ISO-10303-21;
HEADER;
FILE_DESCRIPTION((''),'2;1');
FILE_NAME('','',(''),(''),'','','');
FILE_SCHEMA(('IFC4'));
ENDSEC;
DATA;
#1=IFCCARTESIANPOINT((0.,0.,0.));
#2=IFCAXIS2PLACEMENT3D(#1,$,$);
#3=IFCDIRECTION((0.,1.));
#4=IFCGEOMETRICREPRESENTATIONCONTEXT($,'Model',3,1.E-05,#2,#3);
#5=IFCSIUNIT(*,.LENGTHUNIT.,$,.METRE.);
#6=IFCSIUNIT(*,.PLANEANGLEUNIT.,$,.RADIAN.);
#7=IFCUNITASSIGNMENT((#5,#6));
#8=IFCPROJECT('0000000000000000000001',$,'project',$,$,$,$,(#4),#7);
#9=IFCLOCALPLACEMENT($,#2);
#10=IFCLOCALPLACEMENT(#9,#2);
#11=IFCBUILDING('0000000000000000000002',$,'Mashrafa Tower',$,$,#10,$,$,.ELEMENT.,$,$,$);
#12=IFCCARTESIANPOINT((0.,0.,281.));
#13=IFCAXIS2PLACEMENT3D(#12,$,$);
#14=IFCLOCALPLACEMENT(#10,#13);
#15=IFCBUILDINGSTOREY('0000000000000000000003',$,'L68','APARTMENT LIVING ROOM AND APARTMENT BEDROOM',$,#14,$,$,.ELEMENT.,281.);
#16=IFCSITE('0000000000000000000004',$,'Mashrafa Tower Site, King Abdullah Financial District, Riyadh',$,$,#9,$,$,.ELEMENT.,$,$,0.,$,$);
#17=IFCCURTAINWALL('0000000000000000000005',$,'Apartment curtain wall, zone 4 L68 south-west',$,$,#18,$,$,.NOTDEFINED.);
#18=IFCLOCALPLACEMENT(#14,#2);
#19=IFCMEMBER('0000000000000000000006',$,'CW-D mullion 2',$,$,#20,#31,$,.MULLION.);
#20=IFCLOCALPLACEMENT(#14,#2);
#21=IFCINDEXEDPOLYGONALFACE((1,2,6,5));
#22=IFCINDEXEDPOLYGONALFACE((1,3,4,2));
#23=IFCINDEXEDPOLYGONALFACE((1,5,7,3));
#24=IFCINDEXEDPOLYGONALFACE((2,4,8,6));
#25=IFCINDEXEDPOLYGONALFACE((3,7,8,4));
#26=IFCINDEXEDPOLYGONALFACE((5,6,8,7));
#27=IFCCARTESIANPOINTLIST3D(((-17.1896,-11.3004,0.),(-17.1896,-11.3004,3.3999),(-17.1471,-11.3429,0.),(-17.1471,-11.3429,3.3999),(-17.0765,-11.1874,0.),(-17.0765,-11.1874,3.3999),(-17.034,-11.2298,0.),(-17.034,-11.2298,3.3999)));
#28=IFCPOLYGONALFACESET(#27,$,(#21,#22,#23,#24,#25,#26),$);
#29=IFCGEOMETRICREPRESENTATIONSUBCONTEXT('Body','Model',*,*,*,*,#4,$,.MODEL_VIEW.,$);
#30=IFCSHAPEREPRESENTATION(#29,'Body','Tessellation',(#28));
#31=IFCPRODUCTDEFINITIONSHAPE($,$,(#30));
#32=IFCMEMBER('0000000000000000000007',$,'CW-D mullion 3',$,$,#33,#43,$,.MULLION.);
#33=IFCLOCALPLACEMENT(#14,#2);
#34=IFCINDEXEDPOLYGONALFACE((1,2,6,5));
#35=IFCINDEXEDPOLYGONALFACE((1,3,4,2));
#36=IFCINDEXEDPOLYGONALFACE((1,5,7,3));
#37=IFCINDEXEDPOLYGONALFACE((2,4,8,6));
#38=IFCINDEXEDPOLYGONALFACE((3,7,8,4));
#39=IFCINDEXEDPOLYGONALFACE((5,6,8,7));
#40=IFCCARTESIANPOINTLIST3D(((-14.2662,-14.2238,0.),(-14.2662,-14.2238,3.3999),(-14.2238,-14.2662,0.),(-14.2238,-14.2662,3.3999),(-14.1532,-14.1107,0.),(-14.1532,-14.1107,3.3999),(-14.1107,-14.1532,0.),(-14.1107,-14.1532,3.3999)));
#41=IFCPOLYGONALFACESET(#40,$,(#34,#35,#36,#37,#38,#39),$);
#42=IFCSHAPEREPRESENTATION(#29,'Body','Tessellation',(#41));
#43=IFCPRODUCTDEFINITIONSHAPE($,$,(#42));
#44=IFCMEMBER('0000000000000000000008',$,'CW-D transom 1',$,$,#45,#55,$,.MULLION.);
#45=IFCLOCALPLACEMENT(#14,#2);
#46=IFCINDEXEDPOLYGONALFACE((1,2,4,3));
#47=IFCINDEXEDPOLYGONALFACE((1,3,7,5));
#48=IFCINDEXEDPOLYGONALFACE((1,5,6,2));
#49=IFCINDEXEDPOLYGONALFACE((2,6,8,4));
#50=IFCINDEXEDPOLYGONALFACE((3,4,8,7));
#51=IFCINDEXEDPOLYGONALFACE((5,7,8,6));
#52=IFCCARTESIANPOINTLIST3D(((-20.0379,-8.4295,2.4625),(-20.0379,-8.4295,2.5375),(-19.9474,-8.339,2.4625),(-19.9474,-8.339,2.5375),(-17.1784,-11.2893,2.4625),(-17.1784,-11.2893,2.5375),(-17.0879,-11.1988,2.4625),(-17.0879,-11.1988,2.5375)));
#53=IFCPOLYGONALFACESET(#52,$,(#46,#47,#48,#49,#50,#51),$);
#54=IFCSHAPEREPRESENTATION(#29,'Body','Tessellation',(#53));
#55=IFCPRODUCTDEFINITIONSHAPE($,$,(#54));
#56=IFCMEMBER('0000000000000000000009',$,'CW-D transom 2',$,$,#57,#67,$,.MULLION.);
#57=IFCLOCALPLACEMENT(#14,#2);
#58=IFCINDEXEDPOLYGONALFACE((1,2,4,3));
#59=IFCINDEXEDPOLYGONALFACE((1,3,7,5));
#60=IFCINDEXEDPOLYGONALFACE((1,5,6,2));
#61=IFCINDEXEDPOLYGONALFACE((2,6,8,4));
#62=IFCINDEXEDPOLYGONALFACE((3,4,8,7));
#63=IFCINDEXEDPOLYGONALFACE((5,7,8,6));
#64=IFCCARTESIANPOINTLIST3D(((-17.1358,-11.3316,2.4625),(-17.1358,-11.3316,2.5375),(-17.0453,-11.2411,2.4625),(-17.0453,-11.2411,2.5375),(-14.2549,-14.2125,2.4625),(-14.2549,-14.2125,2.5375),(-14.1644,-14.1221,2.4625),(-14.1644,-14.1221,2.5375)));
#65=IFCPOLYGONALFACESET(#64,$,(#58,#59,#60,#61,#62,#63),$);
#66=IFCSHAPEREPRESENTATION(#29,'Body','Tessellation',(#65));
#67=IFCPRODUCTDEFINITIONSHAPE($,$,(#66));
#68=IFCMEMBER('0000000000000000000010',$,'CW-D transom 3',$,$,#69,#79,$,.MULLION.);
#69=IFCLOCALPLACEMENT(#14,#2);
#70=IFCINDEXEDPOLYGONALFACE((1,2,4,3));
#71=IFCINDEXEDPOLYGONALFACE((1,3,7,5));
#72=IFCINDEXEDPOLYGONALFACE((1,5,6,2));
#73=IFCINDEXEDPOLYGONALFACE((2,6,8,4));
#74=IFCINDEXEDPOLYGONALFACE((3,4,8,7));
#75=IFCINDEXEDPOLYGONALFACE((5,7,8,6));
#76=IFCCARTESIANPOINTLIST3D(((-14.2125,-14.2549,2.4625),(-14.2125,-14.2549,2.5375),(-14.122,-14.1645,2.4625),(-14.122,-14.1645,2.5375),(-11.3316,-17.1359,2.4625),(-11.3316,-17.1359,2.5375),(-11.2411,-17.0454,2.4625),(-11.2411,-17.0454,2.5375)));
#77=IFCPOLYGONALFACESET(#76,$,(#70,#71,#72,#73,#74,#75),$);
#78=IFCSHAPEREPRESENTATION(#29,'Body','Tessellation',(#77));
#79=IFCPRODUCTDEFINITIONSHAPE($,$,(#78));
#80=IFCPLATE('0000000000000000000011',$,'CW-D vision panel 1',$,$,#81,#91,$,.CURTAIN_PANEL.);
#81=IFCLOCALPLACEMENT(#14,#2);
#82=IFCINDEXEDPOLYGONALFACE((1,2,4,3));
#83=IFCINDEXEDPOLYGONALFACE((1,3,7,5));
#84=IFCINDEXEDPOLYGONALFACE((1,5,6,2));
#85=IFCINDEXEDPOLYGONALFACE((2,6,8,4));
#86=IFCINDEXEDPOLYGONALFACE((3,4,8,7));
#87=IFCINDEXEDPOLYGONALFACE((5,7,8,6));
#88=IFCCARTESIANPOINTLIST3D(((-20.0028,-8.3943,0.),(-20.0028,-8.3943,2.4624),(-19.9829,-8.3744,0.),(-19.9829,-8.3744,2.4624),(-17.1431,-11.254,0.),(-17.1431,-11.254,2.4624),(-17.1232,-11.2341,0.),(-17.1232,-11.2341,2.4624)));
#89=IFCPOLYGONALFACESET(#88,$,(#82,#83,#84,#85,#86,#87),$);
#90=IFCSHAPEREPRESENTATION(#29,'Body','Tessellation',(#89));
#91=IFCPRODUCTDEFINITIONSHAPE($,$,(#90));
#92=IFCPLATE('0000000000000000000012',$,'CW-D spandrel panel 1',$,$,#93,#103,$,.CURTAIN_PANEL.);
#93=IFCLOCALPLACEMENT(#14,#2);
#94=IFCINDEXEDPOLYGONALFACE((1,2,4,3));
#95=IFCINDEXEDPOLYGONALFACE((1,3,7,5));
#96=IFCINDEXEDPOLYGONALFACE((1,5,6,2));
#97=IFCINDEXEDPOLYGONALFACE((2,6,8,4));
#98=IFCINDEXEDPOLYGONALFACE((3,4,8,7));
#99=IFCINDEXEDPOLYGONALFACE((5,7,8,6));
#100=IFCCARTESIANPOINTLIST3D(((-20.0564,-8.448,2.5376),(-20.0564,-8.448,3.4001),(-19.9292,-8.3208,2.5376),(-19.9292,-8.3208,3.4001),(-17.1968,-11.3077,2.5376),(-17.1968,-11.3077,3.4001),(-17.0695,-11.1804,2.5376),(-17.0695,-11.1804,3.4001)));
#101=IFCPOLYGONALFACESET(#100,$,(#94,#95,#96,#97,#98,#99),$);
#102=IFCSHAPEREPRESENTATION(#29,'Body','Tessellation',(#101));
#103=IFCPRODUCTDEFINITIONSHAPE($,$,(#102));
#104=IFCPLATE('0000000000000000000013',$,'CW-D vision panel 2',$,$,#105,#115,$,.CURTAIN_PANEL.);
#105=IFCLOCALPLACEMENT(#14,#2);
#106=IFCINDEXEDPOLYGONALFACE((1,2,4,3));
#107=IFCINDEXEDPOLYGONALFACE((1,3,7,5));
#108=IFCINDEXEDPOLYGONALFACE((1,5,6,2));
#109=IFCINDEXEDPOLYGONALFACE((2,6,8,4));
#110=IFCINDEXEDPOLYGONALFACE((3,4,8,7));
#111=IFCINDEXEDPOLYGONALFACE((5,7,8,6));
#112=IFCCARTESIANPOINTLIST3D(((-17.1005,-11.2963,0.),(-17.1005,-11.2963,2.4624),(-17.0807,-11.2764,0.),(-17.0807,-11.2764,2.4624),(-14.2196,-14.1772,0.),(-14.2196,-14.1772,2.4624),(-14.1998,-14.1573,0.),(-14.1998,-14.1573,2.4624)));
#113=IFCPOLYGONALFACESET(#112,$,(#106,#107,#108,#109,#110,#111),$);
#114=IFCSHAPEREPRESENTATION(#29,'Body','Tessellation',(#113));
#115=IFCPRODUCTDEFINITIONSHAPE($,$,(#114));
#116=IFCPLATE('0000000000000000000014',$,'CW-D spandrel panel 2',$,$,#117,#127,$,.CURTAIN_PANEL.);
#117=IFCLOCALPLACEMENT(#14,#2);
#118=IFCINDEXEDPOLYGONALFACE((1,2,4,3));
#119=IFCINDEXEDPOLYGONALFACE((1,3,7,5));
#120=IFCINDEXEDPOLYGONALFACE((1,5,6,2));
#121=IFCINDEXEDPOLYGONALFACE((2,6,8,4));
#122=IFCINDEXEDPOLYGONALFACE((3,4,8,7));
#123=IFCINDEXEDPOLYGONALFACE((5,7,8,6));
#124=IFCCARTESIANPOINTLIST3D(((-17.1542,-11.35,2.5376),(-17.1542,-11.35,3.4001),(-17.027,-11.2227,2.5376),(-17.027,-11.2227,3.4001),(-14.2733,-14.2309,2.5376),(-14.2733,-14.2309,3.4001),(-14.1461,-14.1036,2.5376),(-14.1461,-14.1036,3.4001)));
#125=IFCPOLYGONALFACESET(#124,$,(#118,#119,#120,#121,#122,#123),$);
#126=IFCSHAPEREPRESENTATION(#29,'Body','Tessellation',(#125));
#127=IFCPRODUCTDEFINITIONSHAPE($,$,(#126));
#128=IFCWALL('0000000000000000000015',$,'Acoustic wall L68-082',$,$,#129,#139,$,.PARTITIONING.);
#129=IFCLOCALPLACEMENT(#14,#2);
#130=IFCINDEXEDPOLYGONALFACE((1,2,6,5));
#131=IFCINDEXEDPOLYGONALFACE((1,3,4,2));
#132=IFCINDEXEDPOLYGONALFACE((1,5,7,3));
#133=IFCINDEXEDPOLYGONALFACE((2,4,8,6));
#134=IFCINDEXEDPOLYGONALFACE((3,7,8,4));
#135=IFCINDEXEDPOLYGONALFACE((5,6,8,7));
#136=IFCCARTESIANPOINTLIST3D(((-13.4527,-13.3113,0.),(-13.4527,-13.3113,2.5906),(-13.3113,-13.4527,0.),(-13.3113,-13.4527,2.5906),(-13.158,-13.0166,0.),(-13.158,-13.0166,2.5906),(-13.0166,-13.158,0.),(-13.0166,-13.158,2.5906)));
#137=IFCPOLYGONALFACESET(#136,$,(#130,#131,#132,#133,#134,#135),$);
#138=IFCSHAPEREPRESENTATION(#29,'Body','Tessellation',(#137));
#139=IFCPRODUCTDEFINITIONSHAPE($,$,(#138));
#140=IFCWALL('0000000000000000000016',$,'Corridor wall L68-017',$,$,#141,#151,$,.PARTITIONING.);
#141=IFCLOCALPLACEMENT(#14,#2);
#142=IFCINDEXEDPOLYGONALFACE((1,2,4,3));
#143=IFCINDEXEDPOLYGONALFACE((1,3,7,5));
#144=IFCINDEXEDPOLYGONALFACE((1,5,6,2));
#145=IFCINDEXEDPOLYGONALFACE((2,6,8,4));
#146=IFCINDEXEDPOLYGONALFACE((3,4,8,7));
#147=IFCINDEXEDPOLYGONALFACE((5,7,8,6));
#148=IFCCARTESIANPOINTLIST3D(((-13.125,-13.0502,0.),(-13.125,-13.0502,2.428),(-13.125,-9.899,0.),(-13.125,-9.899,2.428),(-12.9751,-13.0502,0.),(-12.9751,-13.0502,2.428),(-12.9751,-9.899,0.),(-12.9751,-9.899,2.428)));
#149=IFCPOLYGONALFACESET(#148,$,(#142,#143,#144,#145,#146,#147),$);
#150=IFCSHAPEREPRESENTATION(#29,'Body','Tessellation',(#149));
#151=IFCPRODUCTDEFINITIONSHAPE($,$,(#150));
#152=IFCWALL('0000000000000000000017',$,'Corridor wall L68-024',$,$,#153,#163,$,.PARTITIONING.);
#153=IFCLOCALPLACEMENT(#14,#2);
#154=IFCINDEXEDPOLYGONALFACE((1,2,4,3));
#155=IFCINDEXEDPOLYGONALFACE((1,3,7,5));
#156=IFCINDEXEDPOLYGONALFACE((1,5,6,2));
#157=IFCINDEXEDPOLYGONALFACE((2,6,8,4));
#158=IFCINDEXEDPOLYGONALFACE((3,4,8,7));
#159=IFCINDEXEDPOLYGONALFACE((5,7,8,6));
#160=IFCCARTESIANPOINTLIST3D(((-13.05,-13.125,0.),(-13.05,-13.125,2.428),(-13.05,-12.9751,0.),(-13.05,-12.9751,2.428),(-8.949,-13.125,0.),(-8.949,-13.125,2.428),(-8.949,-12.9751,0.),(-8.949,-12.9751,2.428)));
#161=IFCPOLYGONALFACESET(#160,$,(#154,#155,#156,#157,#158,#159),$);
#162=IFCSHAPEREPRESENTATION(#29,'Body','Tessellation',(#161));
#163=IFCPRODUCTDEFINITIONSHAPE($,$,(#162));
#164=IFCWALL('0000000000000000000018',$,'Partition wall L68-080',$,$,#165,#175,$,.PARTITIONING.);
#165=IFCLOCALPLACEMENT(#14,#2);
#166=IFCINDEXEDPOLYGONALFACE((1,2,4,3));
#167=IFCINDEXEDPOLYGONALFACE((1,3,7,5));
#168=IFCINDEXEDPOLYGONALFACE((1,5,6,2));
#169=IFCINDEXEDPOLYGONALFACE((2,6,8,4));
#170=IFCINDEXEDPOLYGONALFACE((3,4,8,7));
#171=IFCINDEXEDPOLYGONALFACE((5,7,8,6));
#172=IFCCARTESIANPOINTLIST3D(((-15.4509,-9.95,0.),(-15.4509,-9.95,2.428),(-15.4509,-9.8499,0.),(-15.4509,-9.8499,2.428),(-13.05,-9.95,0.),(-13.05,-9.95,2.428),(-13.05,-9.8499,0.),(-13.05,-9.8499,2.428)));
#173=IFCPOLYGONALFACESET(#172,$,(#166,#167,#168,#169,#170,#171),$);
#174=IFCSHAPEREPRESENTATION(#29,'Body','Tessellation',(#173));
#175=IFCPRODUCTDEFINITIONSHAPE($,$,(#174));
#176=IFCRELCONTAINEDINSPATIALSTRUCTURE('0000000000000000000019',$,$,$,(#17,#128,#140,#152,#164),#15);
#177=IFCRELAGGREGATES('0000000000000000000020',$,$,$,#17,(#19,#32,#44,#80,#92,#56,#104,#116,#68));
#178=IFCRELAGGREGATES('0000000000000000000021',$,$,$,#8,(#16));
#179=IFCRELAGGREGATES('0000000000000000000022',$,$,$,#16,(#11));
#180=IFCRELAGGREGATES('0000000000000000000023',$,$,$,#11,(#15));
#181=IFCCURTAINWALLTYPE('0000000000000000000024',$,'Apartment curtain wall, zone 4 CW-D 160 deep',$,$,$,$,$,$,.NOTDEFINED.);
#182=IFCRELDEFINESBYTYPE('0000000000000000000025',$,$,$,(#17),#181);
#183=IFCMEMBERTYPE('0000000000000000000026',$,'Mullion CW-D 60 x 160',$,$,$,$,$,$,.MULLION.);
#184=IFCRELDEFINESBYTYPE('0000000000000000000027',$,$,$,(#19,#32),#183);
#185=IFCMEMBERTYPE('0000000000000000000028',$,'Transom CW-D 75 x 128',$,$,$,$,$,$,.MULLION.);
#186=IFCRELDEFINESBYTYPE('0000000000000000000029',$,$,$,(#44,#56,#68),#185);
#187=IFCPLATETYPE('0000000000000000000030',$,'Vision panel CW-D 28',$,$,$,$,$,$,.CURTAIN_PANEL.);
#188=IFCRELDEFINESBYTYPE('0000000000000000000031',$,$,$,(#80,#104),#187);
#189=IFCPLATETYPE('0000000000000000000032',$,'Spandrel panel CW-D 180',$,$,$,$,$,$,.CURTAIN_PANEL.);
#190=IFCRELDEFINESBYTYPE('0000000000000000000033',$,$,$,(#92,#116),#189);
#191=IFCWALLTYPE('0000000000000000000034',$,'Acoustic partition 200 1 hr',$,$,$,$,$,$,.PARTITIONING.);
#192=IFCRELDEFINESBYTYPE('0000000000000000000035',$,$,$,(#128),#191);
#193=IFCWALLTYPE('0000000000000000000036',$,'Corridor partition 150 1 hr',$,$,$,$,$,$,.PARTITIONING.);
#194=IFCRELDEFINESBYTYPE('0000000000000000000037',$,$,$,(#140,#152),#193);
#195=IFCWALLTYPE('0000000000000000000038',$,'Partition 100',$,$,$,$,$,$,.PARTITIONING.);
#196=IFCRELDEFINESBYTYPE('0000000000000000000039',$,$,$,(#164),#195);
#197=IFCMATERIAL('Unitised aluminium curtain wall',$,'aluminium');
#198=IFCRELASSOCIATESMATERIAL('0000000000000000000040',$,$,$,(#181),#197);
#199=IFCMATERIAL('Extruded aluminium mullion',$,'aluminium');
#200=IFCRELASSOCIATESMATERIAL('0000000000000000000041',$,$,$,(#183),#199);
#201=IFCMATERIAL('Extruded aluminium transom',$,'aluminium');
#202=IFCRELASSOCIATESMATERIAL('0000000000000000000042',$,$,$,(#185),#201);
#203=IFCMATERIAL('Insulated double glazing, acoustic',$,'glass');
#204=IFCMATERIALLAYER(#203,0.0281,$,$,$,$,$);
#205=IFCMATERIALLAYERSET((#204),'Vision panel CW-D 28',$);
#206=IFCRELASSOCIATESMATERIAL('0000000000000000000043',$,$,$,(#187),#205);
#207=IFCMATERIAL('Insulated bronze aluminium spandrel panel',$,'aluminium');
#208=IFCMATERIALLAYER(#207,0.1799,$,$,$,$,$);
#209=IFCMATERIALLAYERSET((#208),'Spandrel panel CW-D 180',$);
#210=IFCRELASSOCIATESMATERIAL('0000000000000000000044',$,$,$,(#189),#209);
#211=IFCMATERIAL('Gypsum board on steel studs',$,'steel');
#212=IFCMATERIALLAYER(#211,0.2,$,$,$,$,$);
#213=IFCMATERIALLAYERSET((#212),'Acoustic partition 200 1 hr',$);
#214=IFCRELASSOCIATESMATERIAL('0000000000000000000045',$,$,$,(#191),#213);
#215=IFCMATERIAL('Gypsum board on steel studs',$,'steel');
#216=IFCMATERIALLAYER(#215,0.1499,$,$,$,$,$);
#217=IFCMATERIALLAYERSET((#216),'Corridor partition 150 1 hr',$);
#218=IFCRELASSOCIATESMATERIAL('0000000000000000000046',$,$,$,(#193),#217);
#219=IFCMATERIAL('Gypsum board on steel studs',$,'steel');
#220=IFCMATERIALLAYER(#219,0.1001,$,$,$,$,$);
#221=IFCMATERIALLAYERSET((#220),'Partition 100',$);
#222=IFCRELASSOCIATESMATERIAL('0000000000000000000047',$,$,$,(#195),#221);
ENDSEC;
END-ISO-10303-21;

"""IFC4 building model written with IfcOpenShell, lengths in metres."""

from ifc_helpers import new_model, si_unit, direction, frame, frame_2d, origin, origin_2d, place, context, subcontext, project, spatial, rectangle, extrude, source, transform, mapped, material, layer, layer_set, material_profile, profile_set, type_object, type_shapes, element, aggregate, save


model = new_model("IFC4")

# Units and contexts
model_context = context("Model", 3, precision=1e-05, world=origin(), true_north=direction((0.0, 1.0)))
body_context = subcontext(model_context, "Body", "Model", "MODEL_VIEW")
ifc_project = project(units=[si_unit("LENGTHUNIT", "METRE"), si_unit("PLANEANGLEUNIT", "RADIAN")], contexts=[model_context])

# Site, building, storey
site_placement = place(None, origin())
site = spatial("IfcSite", under=ifc_project, at=site_placement, Name="Mashrafa Tower Site, King Abdullah Financial District, Riyadh", CompositionType="ELEMENT", RefElevation=0.0)
building_placement = place(site_placement, origin())
building = spatial("IfcBuilding", under=site, at=building_placement, Name="Mashrafa Tower", CompositionType="ELEMENT")
storey_placement = place(building_placement, frame((0.0, 0.0, 281.0)))
storey = spatial("IfcBuildingStorey", under=building, at=storey_placement, Name="L68", Description="APARTMENT LIVING ROOM AND APARTMENT BEDROOM", CompositionType="ELEMENT", Elevation=281.0)

# Shared definitions
ifc_material_1 = material(Name="Unitised aluminium curtain wall", Category="aluminium")
curtain_wall_type = type_object("IfcCurtainWallType", Name="Apartment curtain wall, zone 4 CW-D 160 deep", PredefinedType="NOTDEFINED", material=ifc_material_1)
ifc_material_2 = material(Name="Extruded aluminium mullion", Category="aluminium")
ifc_material_profile_1 = material_profile(ifc_material_2, rectangle(XDim=0.1599, YDim=0.0601, at=origin_2d()), Name="Mullion 60x160")
ifc_profile_set_1 = profile_set([ifc_material_profile_1], Name="Extruded aluminium mullion")
member_type_1 = type_object("IfcMemberType", Name="Mullion CW-D 60 x 160", PredefinedType="MULLION", material=ifc_profile_set_1)
shared_shape_1 = source(origin(), body_context, "Body", "SweptSolid", [
    extrude(rectangle(XDim=0.1599, YDim=0.0601, at=origin_2d()), origin(), (0.0, 0.0, 1.0), 3.3999),
])
type_shapes(member_type_1, [shared_shape_1])

# Curtain wall, members, plates
curtain_wall_1_placement = place(storey_placement, origin())
curtain_wall_1 = element("IfcCurtainWall", 1, at=curtain_wall_1_placement, inside=storey, type_object=curtain_wall_type, Name="Apartment curtain wall, zone 4 L68 south-west", PredefinedType="NOTDEFINED")
member_1_placement = place(storey_placement, frame((-17.1118, -11.2651, 0.0), z_axis=(0.0, 0.0, 1.0), x_axis=(0.707107, 0.707107, 0.0)))
member_1 = element("IfcMember", 2, at=member_1_placement, type_object=member_type_1, Name="CW-D mullion 2", PredefinedType="MULLION", context=body_context, shape_type="MappedRepresentation", body=[
    mapped(shared_shape_1, transform((0.0, 0.0, 0.0))),
])
member_2_placement = place(storey_placement, frame((-14.1885, -14.1885, 0.0), z_axis=(0.0, 0.0, 1.0), x_axis=(0.707107, 0.707107, 0.0)))
member_2 = element("IfcMember", 3, at=member_2_placement, type_object=member_type_1, Name="CW-D mullion 3", PredefinedType="MULLION", context=body_context, shape_type="MappedRepresentation", body=[
    mapped(shared_shape_1, transform((0.0, 0.0, 0.0))),
])
ifc_material_3 = material(Name="Extruded aluminium transom", Category="aluminium")
ifc_material_profile_2 = material_profile(ifc_material_3, rectangle(XDim=0.1279, YDim=0.075, at=origin_2d()), Name="Transom 75x128")
ifc_profile_set_2 = profile_set([ifc_material_profile_2], Name="Extruded aluminium transom")
member_type_2 = type_object("IfcMemberType", Name="Transom CW-D 75 x 128", PredefinedType="MULLION", material=ifc_profile_set_2)
shared_shape_2 = source(origin(), body_context, "Body", "SweptSolid", [
    extrude(rectangle(XDim=0.1279, YDim=0.075, at=origin_2d()), origin(), (0.0, 0.0, 1.0), 4.0442),
])
member_3_placement = place(storey_placement, frame((-19.9927, -8.3843, 2.5), z_axis=(0.707077, -0.707137, 0.0), x_axis=(0.707137, 0.707077, 0.0)))
member_3 = element("IfcMember", 4, at=member_3_placement, type_object=member_type_2, Name="CW-D transom 1", PredefinedType="MULLION", context=body_context, shape_type="MappedRepresentation", body=[
    mapped(shared_shape_2, transform((0.0, 0.0, 0.0))),
])
shared_shape_3 = source(origin(), body_context, "Body", "SweptSolid", [
    extrude(rectangle(XDim=0.1279, YDim=0.075, at=origin_2d()), origin(), (0.0, 0.0, 1.0), 4.0742),
])
type_shapes(member_type_2, [shared_shape_2, shared_shape_3])
member_4_placement = place(storey_placement, frame((-17.0906, -11.2864, 2.5), z_axis=(0.707107, -0.707107, 0.0), x_axis=(0.707107, 0.707107, 0.0)))
member_4 = element("IfcMember", 5, at=member_4_placement, type_object=member_type_2, Name="CW-D transom 2", PredefinedType="MULLION", context=body_context, shape_type="MappedRepresentation", body=[
    mapped(shared_shape_3, transform((0.0, 0.0, 0.0))),
])
member_5_placement = place(storey_placement, frame((-14.1672, -14.2097, 2.5), z_axis=(0.707107, -0.707107, 0.0), x_axis=(0.707107, 0.707107, 0.0)))
member_5 = element("IfcMember", 6, at=member_5_placement, type_object=member_type_2, Name="CW-D transom 3", PredefinedType="MULLION", context=body_context, shape_type="MappedRepresentation", body=[
    mapped(shared_shape_3, transform((0.0, 0.0, 0.0))),
])
ifc_material_4 = material(Name="Insulated double glazing, acoustic", Category="glass")
ifc_layer_1 = layer(ifc_material_4, 0.0281)
ifc_layer_set_1 = layer_set([ifc_layer_1], Name="Vision panel CW-D 28")
plate_type_1 = type_object("IfcPlateType", Name="Vision panel CW-D 28", PredefinedType="CURTAIN_PANEL", material=ifc_layer_set_1)
shared_shape_4 = source(origin(), body_context, "Body", "SweptSolid", [
    extrude(rectangle(XDim=4.0442, YDim=0.0281, at=origin_2d()), origin(), (0.0, 0.0, 1.0), 2.4624),
])
plate_1_placement = place(storey_placement, frame((-18.563, -9.8142, 0.0), z_axis=(0.0, 0.0, 1.0), x_axis=(0.707107, -0.707107, 0.0)))
plate_1 = element("IfcPlate", 7, at=plate_1_placement, type_object=plate_type_1, Name="CW-D vision panel 1", PredefinedType="CURTAIN_PANEL", context=body_context, shape_type="MappedRepresentation", body=[
    mapped(shared_shape_4, transform((0.0, 0.0, 0.0))),
])
ifc_material_5 = material(Name="Insulated bronze aluminium spandrel panel", Category="aluminium")
ifc_layer_2 = layer(ifc_material_5, 0.1799)
ifc_layer_set_2 = layer_set([ifc_layer_2], Name="Spandrel panel CW-D 180")
plate_type_2 = type_object("IfcPlateType", Name="Spandrel panel CW-D 180", PredefinedType="CURTAIN_PANEL", material=ifc_layer_set_2)
shared_shape_5 = source(origin(), body_context, "Body", "SweptSolid", [
    extrude(rectangle(XDim=4.0442, YDim=0.1799, at=origin_2d()), origin(), (0.0, 0.0, 1.0), 0.8625),
])
plate_2_placement = place(storey_placement, frame((-18.563, -9.8142, 2.5376), z_axis=(0.0, 0.0, 1.0), x_axis=(0.707107, -0.707107, 0.0)))
plate_2 = element("IfcPlate", 8, at=plate_2_placement, type_object=plate_type_2, Name="CW-D spandrel panel 1", PredefinedType="CURTAIN_PANEL", context=body_context, shape_type="MappedRepresentation", body=[
    mapped(shared_shape_5, transform((0.0, 0.0, 0.0))),
])
shared_shape_6 = source(origin(), body_context, "Body", "SweptSolid", [
    extrude(rectangle(XDim=4.0742, YDim=0.0281, at=origin_2d()), origin(), (0.0, 0.0, 1.0), 2.4624),
])
type_shapes(plate_type_1, [shared_shape_4, shared_shape_6])
plate_3_placement = place(storey_placement, frame((-15.6501, -12.7268, 0.0), z_axis=(0.0, 0.0, 1.0), x_axis=(0.707107, -0.707107, 0.0)))
plate_3 = element("IfcPlate", 9, at=plate_3_placement, type_object=plate_type_1, Name="CW-D vision panel 2", PredefinedType="CURTAIN_PANEL", context=body_context, shape_type="MappedRepresentation", body=[
    mapped(shared_shape_6, transform((0.0, 0.0, 0.0))),
])
shared_shape_7 = source(origin(), body_context, "Body", "SweptSolid", [
    extrude(rectangle(XDim=4.0742, YDim=0.1799, at=origin_2d()), origin(), (0.0, 0.0, 1.0), 0.8625),
])
type_shapes(plate_type_2, [shared_shape_5, shared_shape_7])
plate_4_placement = place(storey_placement, frame((-15.6501, -12.7268, 2.5376), z_axis=(0.0, 0.0, 1.0), x_axis=(0.707107, -0.707107, 0.0)))
plate_4 = element("IfcPlate", 10, at=plate_4_placement, type_object=plate_type_2, Name="CW-D spandrel panel 2", PredefinedType="CURTAIN_PANEL", context=body_context, shape_type="MappedRepresentation", body=[
    mapped(shared_shape_7, transform((0.0, 0.0, 0.0))),
])
aggregate(curtain_wall_1, [member_1, member_2, member_3, plate_1, plate_2, member_4, plate_3, plate_4, member_5])

# Walls
ifc_material_6 = material(Name="Gypsum board on steel studs", Category="steel")
ifc_layer_3 = layer(ifc_material_6, 0.2)
ifc_layer_set_3 = layer_set([ifc_layer_3], Name="Acoustic partition 200 1 hr")
wall_type_1 = type_object("IfcWallType", Name="Acoustic partition 200 1 hr", PredefinedType="PARTITIONING", material=ifc_layer_set_3)
wall_1_placement = place(storey_placement, frame((-13.3821, -13.3821, 0.0), z_axis=(0.0, 0.0, 1.0), x_axis=(0.707107, 0.707107, 0.0)))
element("IfcWall", 11, at=wall_1_placement, inside=storey, type_object=wall_type_1, Name="Acoustic wall L68-082", PredefinedType="PARTITIONING", context=body_context, shape_type="SweptSolid", body=[
    extrude(rectangle(XDim=0.4167, YDim=0.2, at=frame_2d((0.2085, 0.0))), origin(), (0.0, 0.0, 1.0), 2.5906),
])
ifc_material_7 = material(Name="Gypsum board on steel studs", Category="steel")
ifc_layer_4 = layer(ifc_material_7, 0.1499)
ifc_layer_set_4 = layer_set([ifc_layer_4], Name="Corridor partition 150 1 hr")
wall_type_2 = type_object("IfcWallType", Name="Corridor partition 150 1 hr", PredefinedType="PARTITIONING", material=ifc_layer_set_4)
wall_2_placement = place(storey_placement, frame((-13.05, -9.8989, 0.0), z_axis=(0.0, 0.0, 1.0), x_axis=(0.0, -1.0, 0.0)))
element("IfcWall", 12, at=wall_2_placement, inside=storey, type_object=wall_type_2, Name="Corridor wall L68-017", PredefinedType="PARTITIONING", context=body_context, shape_type="SweptSolid", body=[
    extrude(rectangle(XDim=3.1511, YDim=0.1499, at=frame_2d((1.5757, 0.0))), origin(), (0.0, 0.0, 1.0), 2.428),
])
wall_3_placement = place(storey_placement, frame((-13.05, -13.05, 0.0), z_axis=(0.0, 0.0, 1.0), x_axis=(1.0, 0.0, 0.0)))
element("IfcWall", 13, at=wall_3_placement, inside=storey, type_object=wall_type_2, Name="Corridor wall L68-024", PredefinedType="PARTITIONING", context=body_context, shape_type="SweptSolid", body=[
    extrude(rectangle(XDim=4.1011, YDim=0.1499, at=frame_2d((2.0505, 0.0))), origin(), (0.0, 0.0, 1.0), 2.428),
])
ifc_material_8 = material(Name="Gypsum board on steel studs", Category="steel")
ifc_layer_5 = layer(ifc_material_8, 0.1001)
ifc_layer_set_5 = layer_set([ifc_layer_5], Name="Partition 100")
wall_type_3 = type_object("IfcWallType", Name="Partition 100", PredefinedType="PARTITIONING", material=ifc_layer_set_5)
wall_4_placement = place(storey_placement, frame((-13.05, -9.8999, 0.0), z_axis=(0.0, 0.0, 1.0), x_axis=(-1.0, 0.0, 0.0)))
element("IfcWall", 14, at=wall_4_placement, inside=storey, type_object=wall_type_3, Name="Partition wall L68-080", PredefinedType="PARTITIONING", context=body_context, shape_type="SweptSolid", body=[
    extrude(rectangle(XDim=2.4009, YDim=0.1001, at=frame_2d((1.2004, 0.0))), origin(), (0.0, 0.0, 1.0), 2.428),
])

save(model, "model.ifc")
